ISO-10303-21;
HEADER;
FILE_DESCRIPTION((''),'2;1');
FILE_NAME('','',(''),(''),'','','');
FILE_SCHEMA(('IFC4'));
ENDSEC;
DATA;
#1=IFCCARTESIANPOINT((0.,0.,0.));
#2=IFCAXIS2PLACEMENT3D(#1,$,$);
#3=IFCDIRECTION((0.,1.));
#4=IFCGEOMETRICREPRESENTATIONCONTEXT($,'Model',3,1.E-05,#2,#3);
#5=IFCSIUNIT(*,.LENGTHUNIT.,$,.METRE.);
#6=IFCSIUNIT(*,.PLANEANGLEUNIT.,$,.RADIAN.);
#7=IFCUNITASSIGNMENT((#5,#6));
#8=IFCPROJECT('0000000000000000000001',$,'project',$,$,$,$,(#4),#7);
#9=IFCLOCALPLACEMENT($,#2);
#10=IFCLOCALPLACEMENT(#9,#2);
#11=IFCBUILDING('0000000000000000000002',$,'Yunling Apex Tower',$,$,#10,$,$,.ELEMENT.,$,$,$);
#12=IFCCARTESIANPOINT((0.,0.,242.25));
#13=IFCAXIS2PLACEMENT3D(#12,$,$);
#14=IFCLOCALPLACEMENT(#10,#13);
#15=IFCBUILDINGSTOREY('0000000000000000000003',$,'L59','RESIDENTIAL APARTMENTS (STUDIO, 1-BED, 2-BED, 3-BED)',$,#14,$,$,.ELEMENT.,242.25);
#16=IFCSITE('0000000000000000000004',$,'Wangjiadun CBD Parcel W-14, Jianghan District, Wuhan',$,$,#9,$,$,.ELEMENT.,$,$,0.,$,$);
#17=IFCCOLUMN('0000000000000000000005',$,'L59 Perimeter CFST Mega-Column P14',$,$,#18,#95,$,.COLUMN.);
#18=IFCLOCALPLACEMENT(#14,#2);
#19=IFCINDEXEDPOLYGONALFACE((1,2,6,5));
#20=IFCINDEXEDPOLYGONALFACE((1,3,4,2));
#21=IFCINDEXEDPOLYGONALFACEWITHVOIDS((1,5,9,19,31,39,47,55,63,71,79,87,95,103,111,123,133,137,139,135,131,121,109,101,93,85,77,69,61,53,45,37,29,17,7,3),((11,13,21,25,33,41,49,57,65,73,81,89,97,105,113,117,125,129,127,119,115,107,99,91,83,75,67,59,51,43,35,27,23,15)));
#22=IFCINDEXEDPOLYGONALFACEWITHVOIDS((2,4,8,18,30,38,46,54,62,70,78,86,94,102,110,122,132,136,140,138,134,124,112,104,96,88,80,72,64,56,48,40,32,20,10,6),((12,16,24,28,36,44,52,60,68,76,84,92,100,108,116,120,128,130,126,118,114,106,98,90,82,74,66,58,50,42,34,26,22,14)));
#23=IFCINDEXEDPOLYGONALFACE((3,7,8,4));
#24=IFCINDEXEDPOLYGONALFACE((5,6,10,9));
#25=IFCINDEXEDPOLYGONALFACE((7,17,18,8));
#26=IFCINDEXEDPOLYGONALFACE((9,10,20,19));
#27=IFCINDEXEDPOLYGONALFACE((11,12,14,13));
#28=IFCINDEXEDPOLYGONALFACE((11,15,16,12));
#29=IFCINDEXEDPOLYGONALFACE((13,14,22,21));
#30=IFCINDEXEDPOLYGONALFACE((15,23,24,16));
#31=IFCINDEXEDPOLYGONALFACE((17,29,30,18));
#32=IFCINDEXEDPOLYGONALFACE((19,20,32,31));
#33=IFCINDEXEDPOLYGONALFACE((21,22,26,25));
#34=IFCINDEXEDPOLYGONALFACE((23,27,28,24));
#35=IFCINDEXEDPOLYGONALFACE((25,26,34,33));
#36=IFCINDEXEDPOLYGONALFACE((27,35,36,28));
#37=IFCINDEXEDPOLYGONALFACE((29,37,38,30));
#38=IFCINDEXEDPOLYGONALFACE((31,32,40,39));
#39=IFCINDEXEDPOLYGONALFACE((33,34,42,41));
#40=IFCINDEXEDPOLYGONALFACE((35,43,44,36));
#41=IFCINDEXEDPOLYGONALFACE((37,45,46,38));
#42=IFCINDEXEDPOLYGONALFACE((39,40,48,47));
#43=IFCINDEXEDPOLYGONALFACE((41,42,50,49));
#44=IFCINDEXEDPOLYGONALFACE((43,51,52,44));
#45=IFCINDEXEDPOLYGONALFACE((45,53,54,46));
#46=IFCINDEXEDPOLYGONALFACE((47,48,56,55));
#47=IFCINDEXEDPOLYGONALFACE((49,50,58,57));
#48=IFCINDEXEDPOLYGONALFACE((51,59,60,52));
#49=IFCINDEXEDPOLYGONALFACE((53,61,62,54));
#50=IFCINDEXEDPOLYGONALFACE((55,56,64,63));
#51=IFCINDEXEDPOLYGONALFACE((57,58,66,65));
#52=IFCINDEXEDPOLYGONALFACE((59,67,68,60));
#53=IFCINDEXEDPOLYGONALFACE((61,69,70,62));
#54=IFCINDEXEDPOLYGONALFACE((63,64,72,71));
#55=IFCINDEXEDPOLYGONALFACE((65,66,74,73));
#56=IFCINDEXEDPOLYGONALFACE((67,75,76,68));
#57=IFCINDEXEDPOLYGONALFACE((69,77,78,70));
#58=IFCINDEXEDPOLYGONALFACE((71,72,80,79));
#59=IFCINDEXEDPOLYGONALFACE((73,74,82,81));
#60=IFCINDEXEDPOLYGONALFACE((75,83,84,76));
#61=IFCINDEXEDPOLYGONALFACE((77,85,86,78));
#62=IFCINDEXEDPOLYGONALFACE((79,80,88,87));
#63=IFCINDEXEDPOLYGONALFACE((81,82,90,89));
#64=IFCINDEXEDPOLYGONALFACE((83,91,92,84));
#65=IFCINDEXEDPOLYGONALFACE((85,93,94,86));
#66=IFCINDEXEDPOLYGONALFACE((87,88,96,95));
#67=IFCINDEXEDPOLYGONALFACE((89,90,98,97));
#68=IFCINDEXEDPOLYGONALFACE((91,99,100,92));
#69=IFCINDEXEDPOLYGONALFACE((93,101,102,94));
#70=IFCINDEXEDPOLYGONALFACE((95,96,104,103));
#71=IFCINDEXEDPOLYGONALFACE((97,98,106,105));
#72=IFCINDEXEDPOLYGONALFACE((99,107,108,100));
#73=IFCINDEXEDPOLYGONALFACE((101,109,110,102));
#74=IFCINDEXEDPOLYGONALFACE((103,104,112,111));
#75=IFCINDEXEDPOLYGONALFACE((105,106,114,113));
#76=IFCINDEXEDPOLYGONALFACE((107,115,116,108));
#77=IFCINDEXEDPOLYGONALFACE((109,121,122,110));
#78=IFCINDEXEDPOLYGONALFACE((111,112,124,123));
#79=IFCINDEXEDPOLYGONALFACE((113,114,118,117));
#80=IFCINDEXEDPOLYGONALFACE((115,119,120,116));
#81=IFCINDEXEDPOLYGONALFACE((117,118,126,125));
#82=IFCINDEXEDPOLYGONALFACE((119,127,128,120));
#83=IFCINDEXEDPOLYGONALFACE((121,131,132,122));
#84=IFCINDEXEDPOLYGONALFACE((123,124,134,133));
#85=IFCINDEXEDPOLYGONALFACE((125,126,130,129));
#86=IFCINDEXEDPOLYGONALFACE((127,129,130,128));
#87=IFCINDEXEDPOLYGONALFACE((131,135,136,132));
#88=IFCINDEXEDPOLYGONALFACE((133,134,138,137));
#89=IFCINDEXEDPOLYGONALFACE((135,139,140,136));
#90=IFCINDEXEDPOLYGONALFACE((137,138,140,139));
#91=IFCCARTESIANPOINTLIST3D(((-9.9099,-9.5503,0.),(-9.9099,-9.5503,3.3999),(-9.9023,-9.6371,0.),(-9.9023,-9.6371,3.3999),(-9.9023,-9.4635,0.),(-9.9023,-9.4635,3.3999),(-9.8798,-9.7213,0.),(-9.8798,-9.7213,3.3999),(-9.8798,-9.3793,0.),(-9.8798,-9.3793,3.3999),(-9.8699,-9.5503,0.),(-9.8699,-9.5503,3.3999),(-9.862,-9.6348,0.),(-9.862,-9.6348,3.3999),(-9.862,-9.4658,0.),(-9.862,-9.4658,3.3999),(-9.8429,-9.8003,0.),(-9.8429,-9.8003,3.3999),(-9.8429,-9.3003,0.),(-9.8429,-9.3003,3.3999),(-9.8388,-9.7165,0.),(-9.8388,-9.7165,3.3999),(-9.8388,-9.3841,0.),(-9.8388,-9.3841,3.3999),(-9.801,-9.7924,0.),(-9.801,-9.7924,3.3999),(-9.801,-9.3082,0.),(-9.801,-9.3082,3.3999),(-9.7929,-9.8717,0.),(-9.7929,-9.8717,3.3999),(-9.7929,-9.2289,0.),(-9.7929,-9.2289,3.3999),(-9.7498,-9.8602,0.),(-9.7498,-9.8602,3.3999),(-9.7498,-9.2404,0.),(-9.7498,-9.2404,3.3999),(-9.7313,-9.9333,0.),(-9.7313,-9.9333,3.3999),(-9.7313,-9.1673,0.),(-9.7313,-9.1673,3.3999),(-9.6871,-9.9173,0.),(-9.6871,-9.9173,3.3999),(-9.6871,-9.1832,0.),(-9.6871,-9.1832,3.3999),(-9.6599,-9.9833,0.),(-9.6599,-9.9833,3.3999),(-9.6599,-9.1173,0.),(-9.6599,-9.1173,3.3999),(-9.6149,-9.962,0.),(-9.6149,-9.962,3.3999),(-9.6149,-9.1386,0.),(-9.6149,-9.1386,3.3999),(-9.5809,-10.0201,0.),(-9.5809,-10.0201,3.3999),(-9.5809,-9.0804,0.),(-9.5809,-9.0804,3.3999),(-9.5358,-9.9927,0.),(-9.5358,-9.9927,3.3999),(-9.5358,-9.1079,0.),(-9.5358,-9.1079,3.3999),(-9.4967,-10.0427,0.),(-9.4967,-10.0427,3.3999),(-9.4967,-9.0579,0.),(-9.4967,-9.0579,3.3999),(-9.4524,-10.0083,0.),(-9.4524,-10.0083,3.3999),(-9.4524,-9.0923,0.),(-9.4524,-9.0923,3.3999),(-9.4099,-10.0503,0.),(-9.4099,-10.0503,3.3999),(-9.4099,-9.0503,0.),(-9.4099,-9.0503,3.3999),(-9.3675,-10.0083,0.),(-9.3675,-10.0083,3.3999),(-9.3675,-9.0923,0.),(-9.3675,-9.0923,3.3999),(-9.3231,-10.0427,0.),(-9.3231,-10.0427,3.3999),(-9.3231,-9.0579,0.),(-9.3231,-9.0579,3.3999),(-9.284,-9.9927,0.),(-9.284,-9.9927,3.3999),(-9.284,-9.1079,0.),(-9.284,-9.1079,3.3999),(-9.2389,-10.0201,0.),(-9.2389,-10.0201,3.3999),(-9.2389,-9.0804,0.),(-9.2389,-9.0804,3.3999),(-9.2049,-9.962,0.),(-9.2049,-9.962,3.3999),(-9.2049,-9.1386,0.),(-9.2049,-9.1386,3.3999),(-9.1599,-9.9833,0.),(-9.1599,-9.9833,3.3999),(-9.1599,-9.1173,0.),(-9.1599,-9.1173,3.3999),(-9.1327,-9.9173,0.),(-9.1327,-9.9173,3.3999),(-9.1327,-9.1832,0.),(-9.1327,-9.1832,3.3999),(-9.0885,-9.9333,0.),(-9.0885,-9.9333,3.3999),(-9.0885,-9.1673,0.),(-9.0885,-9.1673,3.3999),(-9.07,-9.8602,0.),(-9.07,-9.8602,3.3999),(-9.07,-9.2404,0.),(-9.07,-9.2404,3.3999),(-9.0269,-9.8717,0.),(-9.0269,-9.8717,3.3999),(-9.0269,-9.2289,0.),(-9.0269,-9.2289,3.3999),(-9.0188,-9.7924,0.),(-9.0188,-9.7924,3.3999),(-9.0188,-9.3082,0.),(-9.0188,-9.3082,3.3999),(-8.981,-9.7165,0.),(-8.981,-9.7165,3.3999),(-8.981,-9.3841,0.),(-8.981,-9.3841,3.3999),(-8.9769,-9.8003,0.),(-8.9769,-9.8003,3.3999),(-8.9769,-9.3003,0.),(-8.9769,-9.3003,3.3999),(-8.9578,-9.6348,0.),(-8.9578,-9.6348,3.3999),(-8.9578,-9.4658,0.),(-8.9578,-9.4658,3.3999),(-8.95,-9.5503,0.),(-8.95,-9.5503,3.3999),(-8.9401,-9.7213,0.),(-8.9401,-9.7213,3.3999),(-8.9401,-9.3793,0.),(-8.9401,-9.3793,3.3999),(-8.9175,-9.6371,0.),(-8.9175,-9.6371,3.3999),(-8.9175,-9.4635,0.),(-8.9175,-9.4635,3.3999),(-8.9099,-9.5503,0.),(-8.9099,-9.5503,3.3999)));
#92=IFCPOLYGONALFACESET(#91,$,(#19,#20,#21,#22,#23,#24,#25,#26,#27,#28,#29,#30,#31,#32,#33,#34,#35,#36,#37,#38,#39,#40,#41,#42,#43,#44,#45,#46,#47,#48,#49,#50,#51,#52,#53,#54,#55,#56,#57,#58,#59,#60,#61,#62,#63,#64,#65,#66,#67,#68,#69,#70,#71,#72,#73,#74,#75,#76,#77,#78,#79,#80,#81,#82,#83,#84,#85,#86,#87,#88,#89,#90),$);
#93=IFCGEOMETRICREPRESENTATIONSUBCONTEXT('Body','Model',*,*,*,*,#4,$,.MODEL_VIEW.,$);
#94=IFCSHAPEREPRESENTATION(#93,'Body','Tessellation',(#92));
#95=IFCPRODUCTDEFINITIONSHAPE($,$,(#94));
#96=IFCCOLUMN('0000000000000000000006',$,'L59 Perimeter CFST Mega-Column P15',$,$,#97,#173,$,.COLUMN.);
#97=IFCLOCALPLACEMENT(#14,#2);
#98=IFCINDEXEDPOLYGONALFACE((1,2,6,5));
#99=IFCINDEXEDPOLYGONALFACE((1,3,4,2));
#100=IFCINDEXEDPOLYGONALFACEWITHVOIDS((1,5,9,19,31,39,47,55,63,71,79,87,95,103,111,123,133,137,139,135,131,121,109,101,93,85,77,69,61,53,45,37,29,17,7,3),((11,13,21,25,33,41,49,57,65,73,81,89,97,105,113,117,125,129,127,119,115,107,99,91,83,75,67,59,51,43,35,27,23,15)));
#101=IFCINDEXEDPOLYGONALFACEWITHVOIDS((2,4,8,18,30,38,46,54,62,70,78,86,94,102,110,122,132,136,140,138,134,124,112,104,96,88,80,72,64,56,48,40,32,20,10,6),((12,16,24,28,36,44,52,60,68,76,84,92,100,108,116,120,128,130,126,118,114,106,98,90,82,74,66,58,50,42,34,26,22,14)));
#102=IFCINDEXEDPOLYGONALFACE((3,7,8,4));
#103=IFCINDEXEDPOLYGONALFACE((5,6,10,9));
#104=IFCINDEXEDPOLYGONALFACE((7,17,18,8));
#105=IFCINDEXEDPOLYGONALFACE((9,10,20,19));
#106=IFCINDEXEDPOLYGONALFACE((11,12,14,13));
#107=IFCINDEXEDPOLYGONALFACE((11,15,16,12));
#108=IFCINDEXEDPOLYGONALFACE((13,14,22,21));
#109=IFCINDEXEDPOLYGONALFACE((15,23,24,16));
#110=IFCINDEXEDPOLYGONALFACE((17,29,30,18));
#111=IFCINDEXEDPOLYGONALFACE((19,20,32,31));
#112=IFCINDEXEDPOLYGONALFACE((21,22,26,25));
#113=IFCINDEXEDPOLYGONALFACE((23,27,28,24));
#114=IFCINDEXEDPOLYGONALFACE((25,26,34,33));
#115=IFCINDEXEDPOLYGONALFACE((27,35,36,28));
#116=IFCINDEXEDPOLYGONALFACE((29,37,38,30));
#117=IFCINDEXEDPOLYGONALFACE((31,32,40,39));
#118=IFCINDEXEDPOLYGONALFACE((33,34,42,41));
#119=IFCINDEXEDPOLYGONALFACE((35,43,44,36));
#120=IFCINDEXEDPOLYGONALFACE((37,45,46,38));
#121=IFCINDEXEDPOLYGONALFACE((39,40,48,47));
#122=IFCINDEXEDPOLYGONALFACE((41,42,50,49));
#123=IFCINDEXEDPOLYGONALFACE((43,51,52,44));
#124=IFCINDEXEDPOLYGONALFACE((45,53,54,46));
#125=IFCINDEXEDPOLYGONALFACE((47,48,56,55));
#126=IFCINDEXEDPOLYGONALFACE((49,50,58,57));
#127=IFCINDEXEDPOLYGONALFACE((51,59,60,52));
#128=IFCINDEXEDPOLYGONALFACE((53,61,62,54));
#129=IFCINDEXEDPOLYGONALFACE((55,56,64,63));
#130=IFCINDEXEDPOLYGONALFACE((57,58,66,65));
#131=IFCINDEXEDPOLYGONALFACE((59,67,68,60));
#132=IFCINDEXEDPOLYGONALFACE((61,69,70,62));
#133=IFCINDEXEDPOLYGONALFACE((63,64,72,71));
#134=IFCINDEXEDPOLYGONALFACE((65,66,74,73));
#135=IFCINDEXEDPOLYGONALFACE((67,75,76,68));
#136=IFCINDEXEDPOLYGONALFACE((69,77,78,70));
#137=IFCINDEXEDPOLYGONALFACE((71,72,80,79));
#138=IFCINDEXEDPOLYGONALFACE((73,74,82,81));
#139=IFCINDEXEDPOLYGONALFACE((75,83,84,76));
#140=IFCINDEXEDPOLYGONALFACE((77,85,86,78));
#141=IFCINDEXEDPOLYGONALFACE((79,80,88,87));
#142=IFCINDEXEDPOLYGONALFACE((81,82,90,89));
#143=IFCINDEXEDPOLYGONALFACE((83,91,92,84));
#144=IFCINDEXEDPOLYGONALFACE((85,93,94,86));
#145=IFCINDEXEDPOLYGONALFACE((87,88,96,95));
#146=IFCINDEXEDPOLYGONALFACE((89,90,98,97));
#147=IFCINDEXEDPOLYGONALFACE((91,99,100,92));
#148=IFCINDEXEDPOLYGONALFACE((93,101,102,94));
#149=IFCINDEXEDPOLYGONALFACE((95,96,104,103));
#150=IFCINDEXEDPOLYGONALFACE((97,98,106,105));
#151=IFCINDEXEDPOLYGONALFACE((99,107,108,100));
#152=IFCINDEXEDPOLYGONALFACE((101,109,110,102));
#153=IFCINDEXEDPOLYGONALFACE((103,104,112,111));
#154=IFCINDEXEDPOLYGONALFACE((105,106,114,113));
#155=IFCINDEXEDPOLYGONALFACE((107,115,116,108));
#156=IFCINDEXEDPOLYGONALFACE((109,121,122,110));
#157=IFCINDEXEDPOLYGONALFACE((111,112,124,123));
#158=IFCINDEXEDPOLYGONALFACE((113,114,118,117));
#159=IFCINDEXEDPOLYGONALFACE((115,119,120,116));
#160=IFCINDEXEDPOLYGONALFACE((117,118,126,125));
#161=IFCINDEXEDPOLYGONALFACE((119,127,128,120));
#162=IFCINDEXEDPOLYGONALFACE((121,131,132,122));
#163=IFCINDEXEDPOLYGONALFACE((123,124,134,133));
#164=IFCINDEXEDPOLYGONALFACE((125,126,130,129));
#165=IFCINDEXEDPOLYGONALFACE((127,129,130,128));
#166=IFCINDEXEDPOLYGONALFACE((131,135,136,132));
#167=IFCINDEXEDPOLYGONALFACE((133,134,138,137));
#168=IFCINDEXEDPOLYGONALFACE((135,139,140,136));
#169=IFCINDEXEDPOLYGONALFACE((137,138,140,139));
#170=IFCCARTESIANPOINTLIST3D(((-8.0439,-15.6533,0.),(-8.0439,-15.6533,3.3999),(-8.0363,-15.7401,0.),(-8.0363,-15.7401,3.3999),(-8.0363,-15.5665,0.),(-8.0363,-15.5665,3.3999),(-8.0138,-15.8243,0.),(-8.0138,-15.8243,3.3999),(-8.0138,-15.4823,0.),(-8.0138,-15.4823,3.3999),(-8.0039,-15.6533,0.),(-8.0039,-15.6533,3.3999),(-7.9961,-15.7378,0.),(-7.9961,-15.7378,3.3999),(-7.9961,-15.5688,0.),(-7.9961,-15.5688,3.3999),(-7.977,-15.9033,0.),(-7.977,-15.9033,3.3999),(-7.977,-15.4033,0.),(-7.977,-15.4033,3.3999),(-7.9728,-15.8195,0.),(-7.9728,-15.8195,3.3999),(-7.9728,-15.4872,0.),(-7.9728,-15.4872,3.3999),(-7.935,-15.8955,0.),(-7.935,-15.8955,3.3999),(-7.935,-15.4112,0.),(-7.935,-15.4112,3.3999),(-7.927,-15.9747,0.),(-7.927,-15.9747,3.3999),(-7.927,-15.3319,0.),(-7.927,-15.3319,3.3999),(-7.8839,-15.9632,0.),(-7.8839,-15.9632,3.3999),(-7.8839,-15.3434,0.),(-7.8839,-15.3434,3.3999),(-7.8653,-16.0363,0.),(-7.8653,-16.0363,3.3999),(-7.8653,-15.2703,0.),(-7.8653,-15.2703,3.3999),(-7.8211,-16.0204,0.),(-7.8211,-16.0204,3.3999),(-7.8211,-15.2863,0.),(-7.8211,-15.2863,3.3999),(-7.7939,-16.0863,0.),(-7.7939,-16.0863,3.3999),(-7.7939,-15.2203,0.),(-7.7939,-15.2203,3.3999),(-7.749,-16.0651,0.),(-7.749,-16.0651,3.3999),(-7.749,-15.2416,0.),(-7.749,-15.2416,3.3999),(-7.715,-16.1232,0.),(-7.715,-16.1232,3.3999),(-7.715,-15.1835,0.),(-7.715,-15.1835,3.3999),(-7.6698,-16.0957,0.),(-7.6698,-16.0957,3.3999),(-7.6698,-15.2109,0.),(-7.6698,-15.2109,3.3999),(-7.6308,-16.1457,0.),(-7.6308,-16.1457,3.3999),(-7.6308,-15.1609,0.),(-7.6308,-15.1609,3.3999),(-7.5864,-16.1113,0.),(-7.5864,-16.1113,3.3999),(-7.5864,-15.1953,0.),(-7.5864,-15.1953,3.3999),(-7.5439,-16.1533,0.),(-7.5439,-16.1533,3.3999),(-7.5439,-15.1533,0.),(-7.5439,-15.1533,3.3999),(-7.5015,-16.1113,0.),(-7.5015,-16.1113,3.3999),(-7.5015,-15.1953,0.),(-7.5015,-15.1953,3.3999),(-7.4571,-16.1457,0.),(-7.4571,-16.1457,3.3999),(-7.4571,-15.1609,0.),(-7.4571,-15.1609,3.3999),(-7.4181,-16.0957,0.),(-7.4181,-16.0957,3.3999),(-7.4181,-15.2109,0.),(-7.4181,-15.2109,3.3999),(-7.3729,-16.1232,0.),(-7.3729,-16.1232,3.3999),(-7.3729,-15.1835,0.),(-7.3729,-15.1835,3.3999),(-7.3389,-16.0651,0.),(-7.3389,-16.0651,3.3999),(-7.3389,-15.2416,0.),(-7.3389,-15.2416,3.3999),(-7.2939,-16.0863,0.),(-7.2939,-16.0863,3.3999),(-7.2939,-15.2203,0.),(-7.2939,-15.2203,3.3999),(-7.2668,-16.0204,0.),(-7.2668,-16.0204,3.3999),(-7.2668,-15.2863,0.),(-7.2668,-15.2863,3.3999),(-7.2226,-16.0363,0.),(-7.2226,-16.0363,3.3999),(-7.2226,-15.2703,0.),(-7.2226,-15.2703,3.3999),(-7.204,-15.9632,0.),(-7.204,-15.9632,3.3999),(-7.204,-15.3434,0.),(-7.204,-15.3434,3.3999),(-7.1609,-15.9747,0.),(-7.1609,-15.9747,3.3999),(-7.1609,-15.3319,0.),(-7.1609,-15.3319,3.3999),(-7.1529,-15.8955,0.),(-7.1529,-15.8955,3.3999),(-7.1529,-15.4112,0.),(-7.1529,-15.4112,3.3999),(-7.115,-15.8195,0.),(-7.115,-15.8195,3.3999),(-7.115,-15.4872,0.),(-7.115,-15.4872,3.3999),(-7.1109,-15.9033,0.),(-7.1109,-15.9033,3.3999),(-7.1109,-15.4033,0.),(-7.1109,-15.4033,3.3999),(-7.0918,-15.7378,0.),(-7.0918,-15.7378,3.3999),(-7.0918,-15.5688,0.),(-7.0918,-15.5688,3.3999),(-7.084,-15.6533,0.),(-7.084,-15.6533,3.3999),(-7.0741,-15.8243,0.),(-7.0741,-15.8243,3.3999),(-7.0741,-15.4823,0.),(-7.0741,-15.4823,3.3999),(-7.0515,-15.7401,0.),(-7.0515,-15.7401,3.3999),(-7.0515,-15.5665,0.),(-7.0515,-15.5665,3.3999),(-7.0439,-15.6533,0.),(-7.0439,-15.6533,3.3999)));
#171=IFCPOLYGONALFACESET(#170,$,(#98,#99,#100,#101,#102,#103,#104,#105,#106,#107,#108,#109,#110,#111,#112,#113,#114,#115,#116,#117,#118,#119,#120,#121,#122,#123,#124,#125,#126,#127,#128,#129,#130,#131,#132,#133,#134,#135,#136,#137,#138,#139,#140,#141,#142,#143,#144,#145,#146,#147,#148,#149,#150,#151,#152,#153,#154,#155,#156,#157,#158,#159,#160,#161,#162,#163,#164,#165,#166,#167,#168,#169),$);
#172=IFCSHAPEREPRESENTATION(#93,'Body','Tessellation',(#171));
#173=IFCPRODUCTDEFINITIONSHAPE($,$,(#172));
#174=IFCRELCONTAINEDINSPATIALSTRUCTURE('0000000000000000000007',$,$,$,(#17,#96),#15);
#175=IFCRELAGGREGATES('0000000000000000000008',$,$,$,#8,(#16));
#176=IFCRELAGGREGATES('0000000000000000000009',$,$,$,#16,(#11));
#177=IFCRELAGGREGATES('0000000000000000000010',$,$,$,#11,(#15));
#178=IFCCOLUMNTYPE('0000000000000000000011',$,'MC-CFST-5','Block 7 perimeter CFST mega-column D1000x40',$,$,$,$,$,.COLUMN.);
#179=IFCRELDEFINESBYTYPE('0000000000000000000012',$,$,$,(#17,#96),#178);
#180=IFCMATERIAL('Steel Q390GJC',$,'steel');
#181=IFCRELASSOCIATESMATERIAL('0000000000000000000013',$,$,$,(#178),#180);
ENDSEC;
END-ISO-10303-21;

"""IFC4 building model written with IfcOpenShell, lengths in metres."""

from ifc_helpers import new_model, si_unit, direction, frame, origin, origin_2d, place, context, subcontext, project, spatial, hollow_circle, extrude, source, transform, mapped, material, material_profile, profile_set, type_object, element, save


model = new_model("IFC4")

# Units and contexts
model_context = context("Model", 3, precision=1e-05, world=origin(), true_north=direction((0.0, 1.0)))
body_context = subcontext(model_context, "Body", "Model", "MODEL_VIEW")
ifc_project = project(units=[si_unit("LENGTHUNIT", "METRE"), si_unit("PLANEANGLEUNIT", "RADIAN")], contexts=[model_context])

# Site, building, storey
site_placement = place(None, origin())
site = spatial("IfcSite", under=ifc_project, at=site_placement, Name="Wangjiadun CBD Parcel W-14, Jianghan District, Wuhan", CompositionType="ELEMENT", RefElevation=0.0)
building_placement = place(site_placement, origin())
building = spatial("IfcBuilding", under=site, at=building_placement, Name="Yunling Apex Tower", CompositionType="ELEMENT")
storey_placement = place(building_placement, frame((0.0, 0.0, 242.25)))
storey = spatial("IfcBuildingStorey", under=building, at=storey_placement, Name="L59", Description="RESIDENTIAL APARTMENTS (STUDIO, 1-BED, 2-BED, 3-BED)", CompositionType="ELEMENT", Elevation=242.25)

# Columns
ifc_material_1 = material(Name="Steel Q390GJC", Category="steel")
ifc_material_profile_1 = material_profile(ifc_material_1, hollow_circle(Radius=0.5, WallThickness=0.04, at=origin_2d()))
ifc_profile_set_1 = profile_set([ifc_material_profile_1], Name="Steel Q390GJC")
column_type = type_object("IfcColumnType", Name="MC-CFST-5", Description="Block 7 perimeter CFST mega-column D1000x40", PredefinedType="COLUMN", material=ifc_profile_set_1)
shared_shape_1 = source(origin(), body_context, "Body", "SweptSolid", [
    extrude(hollow_circle(Radius=0.5, WallThickness=0.04, at=origin_2d()), origin(), (0.0, 0.0, 1.0), 3.3999),
])
for number, where, z_axis, x_axis, name in (
    (1, (-9.4099, -9.5503, 0.0), (0.0, 0.0, 1.0), (1.0, 0.0, 0.0), "L59 Perimeter CFST Mega-Column P14"),
    (2, (-7.5439, -15.6533, 0.0), (0.0, 0.0, 1.0), (1.0, 0.0, 0.0), "L59 Perimeter CFST Mega-Column P15"),
):
    element("IfcColumn", number, at=place(storey_placement, frame(where, z_axis=z_axis, x_axis=x_axis)), inside=storey, type_object=column_type, Name=name, PredefinedType="COLUMN", context=body_context, shape_type="MappedRepresentation", body=[
        mapped(shared_shape_1, transform((0.0, 0.0, 0.0), scale=1.0)),
    ])

save(model, "model.ifc")
